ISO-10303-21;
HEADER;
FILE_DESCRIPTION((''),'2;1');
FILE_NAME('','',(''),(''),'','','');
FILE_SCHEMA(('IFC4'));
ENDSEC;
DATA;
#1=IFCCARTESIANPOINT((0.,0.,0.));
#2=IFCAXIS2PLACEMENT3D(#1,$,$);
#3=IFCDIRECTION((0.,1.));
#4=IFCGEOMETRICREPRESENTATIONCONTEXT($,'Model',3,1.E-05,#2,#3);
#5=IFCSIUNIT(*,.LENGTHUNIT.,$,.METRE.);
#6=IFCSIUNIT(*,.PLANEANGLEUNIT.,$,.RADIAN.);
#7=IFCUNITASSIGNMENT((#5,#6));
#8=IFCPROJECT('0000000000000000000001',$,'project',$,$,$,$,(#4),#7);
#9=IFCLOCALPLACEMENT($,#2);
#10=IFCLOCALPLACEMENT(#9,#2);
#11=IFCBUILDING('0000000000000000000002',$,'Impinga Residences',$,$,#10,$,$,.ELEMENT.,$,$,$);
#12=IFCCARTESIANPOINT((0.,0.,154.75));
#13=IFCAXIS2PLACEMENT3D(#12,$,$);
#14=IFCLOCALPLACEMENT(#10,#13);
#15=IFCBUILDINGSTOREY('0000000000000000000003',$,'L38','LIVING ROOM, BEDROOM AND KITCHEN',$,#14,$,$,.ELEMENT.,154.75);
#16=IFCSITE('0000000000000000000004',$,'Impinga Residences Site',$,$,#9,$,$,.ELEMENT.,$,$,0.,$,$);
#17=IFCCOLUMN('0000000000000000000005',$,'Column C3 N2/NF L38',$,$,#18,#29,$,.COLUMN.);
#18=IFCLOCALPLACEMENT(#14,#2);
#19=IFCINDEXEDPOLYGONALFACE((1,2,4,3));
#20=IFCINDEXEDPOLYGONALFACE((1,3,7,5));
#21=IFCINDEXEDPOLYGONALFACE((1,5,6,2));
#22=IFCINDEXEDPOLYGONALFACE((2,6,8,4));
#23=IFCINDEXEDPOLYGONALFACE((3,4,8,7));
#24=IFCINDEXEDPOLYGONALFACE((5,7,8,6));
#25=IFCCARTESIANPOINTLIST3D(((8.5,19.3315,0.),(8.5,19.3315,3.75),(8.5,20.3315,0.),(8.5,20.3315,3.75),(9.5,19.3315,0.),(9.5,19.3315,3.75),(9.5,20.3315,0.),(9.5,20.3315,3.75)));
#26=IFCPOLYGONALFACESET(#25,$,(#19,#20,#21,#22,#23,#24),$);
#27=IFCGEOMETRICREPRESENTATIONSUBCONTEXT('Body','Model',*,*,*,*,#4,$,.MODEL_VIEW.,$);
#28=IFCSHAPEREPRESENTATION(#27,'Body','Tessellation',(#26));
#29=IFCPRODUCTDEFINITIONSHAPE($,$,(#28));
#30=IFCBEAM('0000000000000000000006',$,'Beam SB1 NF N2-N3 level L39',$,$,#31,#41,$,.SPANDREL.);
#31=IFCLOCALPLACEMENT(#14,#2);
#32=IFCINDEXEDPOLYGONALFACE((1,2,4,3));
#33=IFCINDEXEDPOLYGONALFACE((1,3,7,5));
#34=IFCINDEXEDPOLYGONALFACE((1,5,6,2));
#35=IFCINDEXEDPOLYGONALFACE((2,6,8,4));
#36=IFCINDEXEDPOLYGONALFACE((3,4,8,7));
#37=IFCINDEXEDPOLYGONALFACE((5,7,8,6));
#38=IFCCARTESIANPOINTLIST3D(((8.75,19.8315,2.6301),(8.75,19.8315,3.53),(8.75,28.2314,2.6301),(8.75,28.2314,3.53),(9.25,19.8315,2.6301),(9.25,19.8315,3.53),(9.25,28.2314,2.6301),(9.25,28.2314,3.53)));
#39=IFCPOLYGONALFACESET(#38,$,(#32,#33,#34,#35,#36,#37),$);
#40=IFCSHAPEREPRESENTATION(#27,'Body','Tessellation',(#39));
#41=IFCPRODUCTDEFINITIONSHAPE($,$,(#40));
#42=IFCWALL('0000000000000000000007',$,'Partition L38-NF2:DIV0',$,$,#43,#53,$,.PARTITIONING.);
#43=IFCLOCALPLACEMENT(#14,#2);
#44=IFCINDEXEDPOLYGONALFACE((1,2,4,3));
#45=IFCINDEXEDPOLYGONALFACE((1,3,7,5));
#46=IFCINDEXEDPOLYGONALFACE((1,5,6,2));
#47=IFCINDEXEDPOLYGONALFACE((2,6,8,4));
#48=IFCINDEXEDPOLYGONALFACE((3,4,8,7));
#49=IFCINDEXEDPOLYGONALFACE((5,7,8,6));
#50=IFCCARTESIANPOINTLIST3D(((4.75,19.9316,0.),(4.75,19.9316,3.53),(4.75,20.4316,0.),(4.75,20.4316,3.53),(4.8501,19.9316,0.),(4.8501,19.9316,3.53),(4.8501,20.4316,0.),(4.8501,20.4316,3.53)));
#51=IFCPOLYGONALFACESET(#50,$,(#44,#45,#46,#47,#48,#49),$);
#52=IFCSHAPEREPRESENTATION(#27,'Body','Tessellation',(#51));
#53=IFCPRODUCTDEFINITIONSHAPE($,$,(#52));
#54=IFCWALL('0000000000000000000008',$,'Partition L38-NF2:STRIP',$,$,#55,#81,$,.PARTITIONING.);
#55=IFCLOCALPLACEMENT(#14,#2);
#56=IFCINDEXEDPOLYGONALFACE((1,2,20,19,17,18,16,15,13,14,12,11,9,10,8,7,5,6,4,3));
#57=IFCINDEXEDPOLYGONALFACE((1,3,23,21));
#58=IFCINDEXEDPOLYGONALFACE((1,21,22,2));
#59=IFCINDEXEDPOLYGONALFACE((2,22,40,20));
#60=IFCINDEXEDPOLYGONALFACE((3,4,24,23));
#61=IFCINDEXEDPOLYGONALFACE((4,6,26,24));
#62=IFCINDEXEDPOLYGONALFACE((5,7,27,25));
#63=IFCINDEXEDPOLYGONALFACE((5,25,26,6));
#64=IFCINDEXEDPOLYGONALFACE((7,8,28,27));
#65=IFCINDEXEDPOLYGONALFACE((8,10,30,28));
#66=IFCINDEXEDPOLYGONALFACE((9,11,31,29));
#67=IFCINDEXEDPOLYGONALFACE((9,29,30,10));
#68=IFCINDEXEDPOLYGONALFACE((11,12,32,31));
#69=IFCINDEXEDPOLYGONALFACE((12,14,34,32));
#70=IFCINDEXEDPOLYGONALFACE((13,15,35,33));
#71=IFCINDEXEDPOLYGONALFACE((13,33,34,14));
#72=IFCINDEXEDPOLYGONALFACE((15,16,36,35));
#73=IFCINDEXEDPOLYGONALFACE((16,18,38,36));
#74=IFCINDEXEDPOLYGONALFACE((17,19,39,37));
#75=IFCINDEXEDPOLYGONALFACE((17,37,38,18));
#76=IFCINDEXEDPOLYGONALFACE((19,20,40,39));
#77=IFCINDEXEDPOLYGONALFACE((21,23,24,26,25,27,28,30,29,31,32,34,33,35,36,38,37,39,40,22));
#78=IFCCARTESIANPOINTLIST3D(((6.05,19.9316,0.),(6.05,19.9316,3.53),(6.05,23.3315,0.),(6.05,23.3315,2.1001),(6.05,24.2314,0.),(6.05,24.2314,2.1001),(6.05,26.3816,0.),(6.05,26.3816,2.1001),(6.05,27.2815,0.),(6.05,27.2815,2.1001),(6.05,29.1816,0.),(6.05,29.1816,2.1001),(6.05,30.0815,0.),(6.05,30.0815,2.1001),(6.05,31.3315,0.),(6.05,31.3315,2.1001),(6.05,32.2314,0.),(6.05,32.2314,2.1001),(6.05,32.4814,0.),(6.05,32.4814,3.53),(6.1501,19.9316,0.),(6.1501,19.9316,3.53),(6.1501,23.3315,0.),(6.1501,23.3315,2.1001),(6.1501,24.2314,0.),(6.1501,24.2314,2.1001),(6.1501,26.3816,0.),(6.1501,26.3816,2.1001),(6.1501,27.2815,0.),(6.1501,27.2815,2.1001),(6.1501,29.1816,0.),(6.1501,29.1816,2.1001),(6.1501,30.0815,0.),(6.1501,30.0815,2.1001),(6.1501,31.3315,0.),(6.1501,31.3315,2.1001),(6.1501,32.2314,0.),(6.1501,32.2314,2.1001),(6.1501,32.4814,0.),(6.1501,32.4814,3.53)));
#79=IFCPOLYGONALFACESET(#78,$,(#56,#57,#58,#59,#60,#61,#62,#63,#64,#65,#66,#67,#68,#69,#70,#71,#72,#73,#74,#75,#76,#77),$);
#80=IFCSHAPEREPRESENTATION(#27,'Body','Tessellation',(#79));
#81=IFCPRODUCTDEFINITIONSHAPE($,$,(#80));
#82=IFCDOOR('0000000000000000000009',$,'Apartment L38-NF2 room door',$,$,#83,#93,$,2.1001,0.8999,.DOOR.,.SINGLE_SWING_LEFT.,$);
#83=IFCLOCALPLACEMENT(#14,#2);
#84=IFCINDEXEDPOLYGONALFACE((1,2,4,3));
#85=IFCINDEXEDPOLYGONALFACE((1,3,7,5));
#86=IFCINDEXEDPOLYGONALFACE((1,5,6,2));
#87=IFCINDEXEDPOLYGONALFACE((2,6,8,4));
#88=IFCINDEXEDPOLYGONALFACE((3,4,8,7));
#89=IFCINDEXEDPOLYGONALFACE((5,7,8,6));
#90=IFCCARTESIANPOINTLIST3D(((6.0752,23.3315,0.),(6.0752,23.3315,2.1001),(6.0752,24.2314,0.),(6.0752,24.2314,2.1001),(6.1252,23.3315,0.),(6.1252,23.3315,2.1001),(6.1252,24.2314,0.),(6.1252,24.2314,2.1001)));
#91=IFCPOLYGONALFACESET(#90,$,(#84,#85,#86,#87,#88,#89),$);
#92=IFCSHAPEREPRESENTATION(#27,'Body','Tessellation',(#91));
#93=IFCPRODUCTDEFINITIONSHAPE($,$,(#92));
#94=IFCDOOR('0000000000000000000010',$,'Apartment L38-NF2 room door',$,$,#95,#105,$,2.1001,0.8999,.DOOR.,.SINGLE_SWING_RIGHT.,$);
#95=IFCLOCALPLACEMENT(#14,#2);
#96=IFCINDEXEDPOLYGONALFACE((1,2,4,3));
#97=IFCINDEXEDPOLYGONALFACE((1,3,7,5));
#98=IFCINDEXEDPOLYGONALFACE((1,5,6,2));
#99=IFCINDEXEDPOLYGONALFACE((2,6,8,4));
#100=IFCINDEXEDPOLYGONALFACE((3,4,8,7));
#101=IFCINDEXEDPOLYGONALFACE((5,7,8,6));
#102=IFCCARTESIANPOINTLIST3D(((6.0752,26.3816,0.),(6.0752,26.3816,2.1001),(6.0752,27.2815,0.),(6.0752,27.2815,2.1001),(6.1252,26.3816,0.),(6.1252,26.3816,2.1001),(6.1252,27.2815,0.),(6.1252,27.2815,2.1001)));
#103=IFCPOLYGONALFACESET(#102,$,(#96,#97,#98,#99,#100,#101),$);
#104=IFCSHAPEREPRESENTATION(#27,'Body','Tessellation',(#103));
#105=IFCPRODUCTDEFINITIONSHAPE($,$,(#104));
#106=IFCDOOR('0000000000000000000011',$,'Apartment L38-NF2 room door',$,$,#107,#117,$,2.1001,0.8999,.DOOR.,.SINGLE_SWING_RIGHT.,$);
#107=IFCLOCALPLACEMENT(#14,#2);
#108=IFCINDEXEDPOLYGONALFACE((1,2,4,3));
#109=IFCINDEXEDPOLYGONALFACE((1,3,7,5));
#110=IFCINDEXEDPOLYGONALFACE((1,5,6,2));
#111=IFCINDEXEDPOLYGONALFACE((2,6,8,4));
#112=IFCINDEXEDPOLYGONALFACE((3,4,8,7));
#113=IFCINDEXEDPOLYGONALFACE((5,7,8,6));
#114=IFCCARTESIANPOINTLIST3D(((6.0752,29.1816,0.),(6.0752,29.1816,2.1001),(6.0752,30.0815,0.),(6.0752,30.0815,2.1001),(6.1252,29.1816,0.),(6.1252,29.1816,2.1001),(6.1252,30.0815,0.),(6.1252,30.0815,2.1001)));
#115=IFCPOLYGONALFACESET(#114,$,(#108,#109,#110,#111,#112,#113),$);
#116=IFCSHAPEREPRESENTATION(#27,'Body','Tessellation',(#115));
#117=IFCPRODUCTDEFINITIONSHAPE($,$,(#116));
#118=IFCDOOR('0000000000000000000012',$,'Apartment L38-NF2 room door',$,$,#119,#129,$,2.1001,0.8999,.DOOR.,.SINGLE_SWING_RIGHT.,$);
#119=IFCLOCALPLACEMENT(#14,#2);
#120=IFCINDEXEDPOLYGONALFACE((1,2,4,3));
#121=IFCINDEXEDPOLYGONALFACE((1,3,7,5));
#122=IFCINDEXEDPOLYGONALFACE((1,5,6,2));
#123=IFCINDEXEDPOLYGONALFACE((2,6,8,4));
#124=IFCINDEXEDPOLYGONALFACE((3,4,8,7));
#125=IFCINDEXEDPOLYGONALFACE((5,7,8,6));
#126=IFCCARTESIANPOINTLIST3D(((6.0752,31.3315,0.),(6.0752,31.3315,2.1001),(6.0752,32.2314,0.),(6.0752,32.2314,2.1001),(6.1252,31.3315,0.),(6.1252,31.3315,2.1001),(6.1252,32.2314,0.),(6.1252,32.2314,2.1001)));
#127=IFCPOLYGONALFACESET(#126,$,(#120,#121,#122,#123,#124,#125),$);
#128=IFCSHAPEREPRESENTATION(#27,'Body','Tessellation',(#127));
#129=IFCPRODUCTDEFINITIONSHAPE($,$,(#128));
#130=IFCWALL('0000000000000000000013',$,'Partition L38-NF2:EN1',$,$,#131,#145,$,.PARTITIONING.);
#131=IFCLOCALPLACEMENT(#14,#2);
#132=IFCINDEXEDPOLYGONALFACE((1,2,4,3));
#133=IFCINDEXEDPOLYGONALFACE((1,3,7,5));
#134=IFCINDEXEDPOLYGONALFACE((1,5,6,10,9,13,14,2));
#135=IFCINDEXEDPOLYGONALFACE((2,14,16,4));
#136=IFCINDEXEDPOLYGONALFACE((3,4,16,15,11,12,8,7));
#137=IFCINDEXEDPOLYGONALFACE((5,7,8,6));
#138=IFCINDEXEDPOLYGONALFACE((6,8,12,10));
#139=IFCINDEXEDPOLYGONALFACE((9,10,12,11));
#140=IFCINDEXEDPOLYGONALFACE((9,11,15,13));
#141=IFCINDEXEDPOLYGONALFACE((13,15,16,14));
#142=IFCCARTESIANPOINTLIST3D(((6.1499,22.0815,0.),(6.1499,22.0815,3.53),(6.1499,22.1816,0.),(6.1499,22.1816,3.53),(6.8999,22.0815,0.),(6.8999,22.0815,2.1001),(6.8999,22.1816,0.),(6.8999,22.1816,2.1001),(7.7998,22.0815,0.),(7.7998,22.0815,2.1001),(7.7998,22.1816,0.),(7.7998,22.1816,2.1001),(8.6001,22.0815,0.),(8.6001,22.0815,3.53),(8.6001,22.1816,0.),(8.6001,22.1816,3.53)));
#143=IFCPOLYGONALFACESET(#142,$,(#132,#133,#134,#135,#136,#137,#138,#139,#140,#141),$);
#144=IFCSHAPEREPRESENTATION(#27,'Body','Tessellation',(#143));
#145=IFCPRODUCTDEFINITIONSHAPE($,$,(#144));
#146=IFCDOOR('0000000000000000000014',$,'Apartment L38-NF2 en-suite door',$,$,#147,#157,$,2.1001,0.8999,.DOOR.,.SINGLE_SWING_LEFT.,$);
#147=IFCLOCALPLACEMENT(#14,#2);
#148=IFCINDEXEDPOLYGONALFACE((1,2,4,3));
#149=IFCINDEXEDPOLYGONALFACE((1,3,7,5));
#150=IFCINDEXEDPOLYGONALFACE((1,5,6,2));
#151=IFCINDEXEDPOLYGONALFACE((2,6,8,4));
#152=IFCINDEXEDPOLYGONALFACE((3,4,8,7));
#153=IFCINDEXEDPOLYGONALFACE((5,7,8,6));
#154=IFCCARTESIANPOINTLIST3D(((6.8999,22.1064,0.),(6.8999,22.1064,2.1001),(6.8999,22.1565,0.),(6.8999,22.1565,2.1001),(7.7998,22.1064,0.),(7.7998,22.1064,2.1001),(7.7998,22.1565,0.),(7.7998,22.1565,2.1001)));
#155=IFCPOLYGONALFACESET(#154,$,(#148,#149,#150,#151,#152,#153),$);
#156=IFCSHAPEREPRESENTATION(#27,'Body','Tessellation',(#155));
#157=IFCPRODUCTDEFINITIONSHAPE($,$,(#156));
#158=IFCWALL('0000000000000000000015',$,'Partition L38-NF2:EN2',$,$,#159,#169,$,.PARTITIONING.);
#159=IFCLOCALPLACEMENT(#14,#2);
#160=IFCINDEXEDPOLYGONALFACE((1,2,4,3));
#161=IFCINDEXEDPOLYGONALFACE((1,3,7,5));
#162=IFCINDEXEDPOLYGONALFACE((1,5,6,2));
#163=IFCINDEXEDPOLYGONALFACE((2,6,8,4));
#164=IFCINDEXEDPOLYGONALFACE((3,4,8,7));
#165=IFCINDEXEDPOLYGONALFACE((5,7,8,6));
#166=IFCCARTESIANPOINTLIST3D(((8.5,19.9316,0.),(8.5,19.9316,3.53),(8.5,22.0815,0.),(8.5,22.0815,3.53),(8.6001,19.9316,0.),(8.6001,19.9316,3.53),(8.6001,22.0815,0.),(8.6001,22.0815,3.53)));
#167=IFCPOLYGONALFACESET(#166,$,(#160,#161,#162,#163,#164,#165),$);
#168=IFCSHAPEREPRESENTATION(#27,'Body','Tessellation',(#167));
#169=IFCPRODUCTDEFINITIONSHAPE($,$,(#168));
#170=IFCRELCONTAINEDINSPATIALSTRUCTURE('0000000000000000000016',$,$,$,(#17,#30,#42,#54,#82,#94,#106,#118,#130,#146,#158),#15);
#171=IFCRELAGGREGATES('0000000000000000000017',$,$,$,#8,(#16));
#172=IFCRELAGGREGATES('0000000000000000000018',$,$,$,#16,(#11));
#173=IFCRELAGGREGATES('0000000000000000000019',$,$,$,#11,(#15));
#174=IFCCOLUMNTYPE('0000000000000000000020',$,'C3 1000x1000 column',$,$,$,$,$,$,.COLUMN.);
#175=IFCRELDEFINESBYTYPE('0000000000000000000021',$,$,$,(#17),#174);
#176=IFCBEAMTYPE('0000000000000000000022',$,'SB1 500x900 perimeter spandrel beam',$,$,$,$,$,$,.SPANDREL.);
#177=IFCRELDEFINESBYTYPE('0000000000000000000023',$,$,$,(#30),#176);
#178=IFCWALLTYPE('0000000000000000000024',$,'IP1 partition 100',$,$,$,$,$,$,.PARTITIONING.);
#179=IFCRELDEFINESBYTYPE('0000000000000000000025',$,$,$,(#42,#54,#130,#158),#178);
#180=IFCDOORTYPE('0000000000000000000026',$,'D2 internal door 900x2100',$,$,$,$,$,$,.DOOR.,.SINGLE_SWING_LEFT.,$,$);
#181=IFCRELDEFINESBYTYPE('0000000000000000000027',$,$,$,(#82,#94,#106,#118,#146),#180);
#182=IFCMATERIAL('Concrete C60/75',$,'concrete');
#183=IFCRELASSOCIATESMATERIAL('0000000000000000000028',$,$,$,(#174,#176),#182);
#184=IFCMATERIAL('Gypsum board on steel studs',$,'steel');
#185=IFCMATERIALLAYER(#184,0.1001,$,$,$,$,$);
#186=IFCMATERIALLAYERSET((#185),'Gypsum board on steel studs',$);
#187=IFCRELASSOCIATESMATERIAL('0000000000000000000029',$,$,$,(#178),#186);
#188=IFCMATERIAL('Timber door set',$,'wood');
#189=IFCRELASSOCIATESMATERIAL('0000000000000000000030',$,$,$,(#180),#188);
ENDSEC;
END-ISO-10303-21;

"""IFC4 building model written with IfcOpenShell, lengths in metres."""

from ifc_helpers import new_model, si_unit, direction, frame, frame_2d, origin, origin_2d, place, context, subcontext, project, spatial, rectangle, extrude, material, layer, layer_set, material_profile, profile_set, type_object, element, fill, save


model = new_model("IFC4")

# Units and contexts
model_context = context("Model", 3, precision=1e-05, world=origin(), true_north=direction((0.0, 1.0)))
body_context = subcontext(model_context, "Body", "Model", "MODEL_VIEW")
ifc_project = project(units=[si_unit("LENGTHUNIT", "METRE"), si_unit("PLANEANGLEUNIT", "RADIAN")], contexts=[model_context])

# Site, building, storey
site_placement = place(None, origin())
site = spatial("IfcSite", under=ifc_project, at=site_placement, Name="Impinga Residences Site", CompositionType="ELEMENT", RefElevation=0.0)
building_placement = place(site_placement, origin())
building = spatial("IfcBuilding", under=site, at=building_placement, Name="Impinga Residences", CompositionType="ELEMENT")
storey_placement = place(building_placement, frame((0.0, 0.0, 154.75)))
storey = spatial("IfcBuildingStorey", under=building, at=storey_placement, Name="L38", Description="LIVING ROOM, BEDROOM AND KITCHEN", CompositionType="ELEMENT", Elevation=154.75)

# Column
ifc_material_1 = material(Name="Concrete C60/75", Category="concrete")
ifc_material_profile_1 = material_profile(ifc_material_1, rectangle(XDim=1.0, YDim=1.0, at=origin_2d()), Name="RC 1000x1000")
ifc_profile_set_1 = profile_set([ifc_material_profile_1], Name="Concrete C60/75")
column_type = type_object("IfcColumnType", Name="C3 1000x1000 column", PredefinedType="COLUMN", material=ifc_profile_set_1)
column_placement = place(storey_placement, frame((9.0, 19.8315, 0.0), z_axis=(0.0, 0.0, 1.0), x_axis=(1.0, 0.0, 0.0)))
element("IfcColumn", 1, at=column_placement, inside=storey, type_object=column_type, Name="Column C3 N2/NF L38", PredefinedType="COLUMN", context=body_context, shape_type="SweptSolid", body=[
    extrude(rectangle(XDim=1.0, YDim=1.0, at=origin_2d()), origin(), (0.0, 0.0, 1.0), 3.75),
])

# Beam
ifc_material_profile_2 = material_profile(ifc_material_1, rectangle(XDim=0.5, YDim=0.8999, at=origin_2d()), Name="RC 500x900")
ifc_profile_set_2 = profile_set([ifc_material_profile_2], Name="Concrete C60/75")
beam_type = type_object("IfcBeamType", Name="SB1 500x900 perimeter spandrel beam", PredefinedType="SPANDREL", material=ifc_profile_set_2)
beam_placement = place(storey_placement, frame((9.0, 19.8315, 3.0801), z_axis=(0.0, 1.0, 0.0), x_axis=(-1.0, 0.0, 0.0)))
element("IfcBeam", 2, at=beam_placement, inside=storey, type_object=beam_type, Name="Beam SB1 NF N2-N3 level L39", PredefinedType="SPANDREL", context=body_context, shape_type="SweptSolid", body=[
    extrude(rectangle(XDim=0.5, YDim=0.8999, at=origin_2d()), origin(), (0.0, 0.0, 1.0), 8.3999),
])

# Wall
ifc_material_2 = material(Name="Gypsum board on steel studs", Category="steel")
ifc_layer_1 = layer(ifc_material_2, 0.1001)
ifc_layer_set_1 = layer_set([ifc_layer_1], Name="Gypsum board on steel studs")
wall_type_1 = type_object("IfcWallType", Name="IP1 partition 100", PredefinedType="PARTITIONING", material=ifc_layer_set_1)
wall_1_placement = place(storey_placement, frame((4.8, 19.9316, 0.0), z_axis=(0.0, 0.0, 1.0), x_axis=(0.0, 1.0, 0.0)))
element("IfcWall", 3, at=wall_1_placement, inside=storey, type_object=wall_type_1, Name="Partition L38-NF2:DIV0", PredefinedType="PARTITIONING", context=body_context, shape_type="SweptSolid", body=[
    extrude(rectangle(XDim=0.5, YDim=0.1001, at=frame_2d((0.25, 0.0))), origin(), (0.0, 0.0, 1.0), 3.53),
])

# Wall, openings, doors
wall_2_placement = place(storey_placement, frame((6.1001, 19.9316, 0.0), z_axis=(0.0, 0.0, 1.0), x_axis=(0.0, 1.0, 0.0)))
wall_2 = element("IfcWall", 4, at=wall_2_placement, inside=storey, type_object=wall_type_1, Name="Partition L38-NF2:STRIP", PredefinedType="PARTITIONING", context=body_context, shape_type="SweptSolid", body=[
    extrude(rectangle(XDim=12.5498, YDim=0.1001, at=frame_2d((6.2749, 0.0))), origin(), (0.0, 0.0, 1.0), 3.53),
])
opening_1_placement = place(wall_2_placement, frame((3.3999, 0.0, 0.0)))
opening_1 = element("IfcOpeningElement", 5, at=opening_1_placement, cuts=wall_2, PredefinedType="OPENING", context=body_context, shape_type="SweptSolid", body=[
    extrude(rectangle(XDim=0.8999, YDim=2.1001, at=frame_2d((0.45, 1.05))), frame((0.0, 0.0601, 0.0), z_axis=(0.0, -1.0, 0.0), x_axis=(1.0, 0.0, 0.0)), (0.0, 0.0, 1.0), 0.1201),
])
opening_2_placement = place(wall_2_placement, frame((6.45, 0.0, 0.0)))
opening_2 = element("IfcOpeningElement", 6, at=opening_2_placement, cuts=wall_2, PredefinedType="OPENING", context=body_context, shape_type="SweptSolid", body=[
    extrude(rectangle(XDim=0.8999, YDim=2.1001, at=frame_2d((0.45, 1.05))), frame((0.0, 0.0601, 0.0), z_axis=(0.0, -1.0, 0.0), x_axis=(1.0, 0.0, 0.0)), (0.0, 0.0, 1.0), 0.1201),
])
opening_3_placement = place(wall_2_placement, frame((9.25, 0.0, 0.0)))
opening_3 = element("IfcOpeningElement", 7, at=opening_3_placement, cuts=wall_2, PredefinedType="OPENING", context=body_context, shape_type="SweptSolid", body=[
    extrude(rectangle(XDim=0.8999, YDim=2.1001, at=frame_2d((0.45, 1.05))), frame((0.0, 0.0601, 0.0), z_axis=(0.0, -1.0, 0.0), x_axis=(1.0, 0.0, 0.0)), (0.0, 0.0, 1.0), 0.1201),
])
opening_4_placement = place(wall_2_placement, frame((11.3999, 0.0, 0.0)))
opening_4 = element("IfcOpeningElement", 8, at=opening_4_placement, cuts=wall_2, PredefinedType="OPENING", context=body_context, shape_type="SweptSolid", body=[
    extrude(rectangle(XDim=0.8999, YDim=2.1001, at=frame_2d((0.45, 1.05))), frame((0.0, 0.0601, 0.0), z_axis=(0.0, -1.0, 0.0), x_axis=(1.0, 0.0, 0.0)), (0.0, 0.0, 1.0), 0.1201),
])
ifc_material_3 = material(Name="Timber door set", Category="wood")
door_type = type_object("IfcDoorType", Name="D2 internal door 900x2100", OperationType="SINGLE_SWING_LEFT", PredefinedType="DOOR", material=ifc_material_3)
door_1_placement = place(opening_1_placement, origin())
door_1 = element("IfcDoor", 9, at=door_1_placement, inside=storey, type_object=door_type, Name="Apartment L38-NF2 room door", OperationType="SINGLE_SWING_LEFT", OverallHeight=2.1001, OverallWidth=0.8999, PredefinedType="DOOR", context=body_context, shape_type="SweptSolid", body=[
    extrude(rectangle(XDim=0.8999, YDim=2.1001, at=frame_2d((0.45, 1.05))), frame((0.0, 0.0249, 0.0), z_axis=(0.0, -1.0, 0.0), x_axis=(1.0, 0.0, 0.0)), (0.0, 0.0, 1.0), 0.05),
])
fill(opening_1, door_1)
door_2_placement = place(opening_2_placement, origin())
door_2 = element("IfcDoor", 10, at=door_2_placement, inside=storey, type_object=door_type, Name="Apartment L38-NF2 room door", OperationType="SINGLE_SWING_RIGHT", OverallHeight=2.1001, OverallWidth=0.8999, PredefinedType="DOOR", context=body_context, shape_type="SweptSolid", body=[
    extrude(rectangle(XDim=0.8999, YDim=2.1001, at=frame_2d((0.45, 1.05))), frame((0.0, 0.0249, 0.0), z_axis=(0.0, -1.0, 0.0), x_axis=(1.0, 0.0, 0.0)), (0.0, 0.0, 1.0), 0.05),
])
fill(opening_2, door_2)
door_3_placement = place(opening_3_placement, origin())
door_3 = element("IfcDoor", 11, at=door_3_placement, inside=storey, type_object=door_type, Name="Apartment L38-NF2 room door", OperationType="SINGLE_SWING_RIGHT", OverallHeight=2.1001, OverallWidth=0.8999, PredefinedType="DOOR", context=body_context, shape_type="SweptSolid", body=[
    extrude(rectangle(XDim=0.8999, YDim=2.1001, at=frame_2d((0.45, 1.05))), frame((0.0, 0.0249, 0.0), z_axis=(0.0, -1.0, 0.0), x_axis=(1.0, 0.0, 0.0)), (0.0, 0.0, 1.0), 0.05),
])
fill(opening_3, door_3)
door_4_placement = place(opening_4_placement, origin())
door_4 = element("IfcDoor", 12, at=door_4_placement, inside=storey, type_object=door_type, Name="Apartment L38-NF2 room door", OperationType="SINGLE_SWING_RIGHT", OverallHeight=2.1001, OverallWidth=0.8999, PredefinedType="DOOR", context=body_context, shape_type="SweptSolid", body=[
    extrude(rectangle(XDim=0.8999, YDim=2.1001, at=frame_2d((0.45, 1.05))), frame((0.0, 0.0249, 0.0), z_axis=(0.0, -1.0, 0.0), x_axis=(1.0, 0.0, 0.0)), (0.0, 0.0, 1.0), 0.05),
])
fill(opening_4, door_4)

# Wall, opening, door
wall_3_placement = place(storey_placement, frame((6.1499, 22.1316, 0.0), z_axis=(0.0, 0.0, 1.0), x_axis=(1.0, 0.0, 0.0)))
wall_3 = element("IfcWall", 13, at=wall_3_placement, inside=storey, type_object=wall_type_1, Name="Partition L38-NF2:EN1", PredefinedType="PARTITIONING", context=body_context, shape_type="SweptSolid", body=[
    extrude(rectangle(XDim=2.4502, YDim=0.1001, at=frame_2d((1.2251, 0.0))), origin(), (0.0, 0.0, 1.0), 3.53),
])
opening_5_placement = place(wall_3_placement, frame((0.75, 0.0, 0.0)))
opening_5 = element("IfcOpeningElement", 14, at=opening_5_placement, cuts=wall_3, PredefinedType="OPENING", context=body_context, shape_type="SweptSolid", body=[
    extrude(rectangle(XDim=0.8999, YDim=2.1001, at=frame_2d((0.45, 1.05))), frame((0.0, 0.0601, 0.0), z_axis=(0.0, -1.0, 0.0), x_axis=(1.0, 0.0, 0.0)), (0.0, 0.0, 1.0), 0.1201),
])
door_5_placement = place(opening_5_placement, origin())
door_5 = element("IfcDoor", 15, at=door_5_placement, inside=storey, type_object=door_type, Name="Apartment L38-NF2 en-suite door", OperationType="SINGLE_SWING_LEFT", OverallHeight=2.1001, OverallWidth=0.8999, PredefinedType="DOOR", context=body_context, shape_type="SweptSolid", body=[
    extrude(rectangle(XDim=0.8999, YDim=2.1001, at=frame_2d((0.45, 1.05))), frame((0.0, 0.0249, 0.0), z_axis=(0.0, -1.0, 0.0), x_axis=(1.0, 0.0, 0.0)), (0.0, 0.0, 1.0), 0.05),
])
fill(opening_5, door_5)

# Wall
wall_4_placement = place(storey_placement, frame((8.55, 19.9316, 0.0), z_axis=(0.0, 0.0, 1.0), x_axis=(0.0, 1.0, 0.0)))
element("IfcWall", 16, at=wall_4_placement, inside=storey, type_object=wall_type_1, Name="Partition L38-NF2:EN2", PredefinedType="PARTITIONING", context=body_context, shape_type="SweptSolid", body=[
    extrude(rectangle(XDim=2.1499, YDim=0.1001, at=frame_2d((1.075, 0.0))), origin(), (0.0, 0.0, 1.0), 3.53),
])

save(model, "model.ifc")
